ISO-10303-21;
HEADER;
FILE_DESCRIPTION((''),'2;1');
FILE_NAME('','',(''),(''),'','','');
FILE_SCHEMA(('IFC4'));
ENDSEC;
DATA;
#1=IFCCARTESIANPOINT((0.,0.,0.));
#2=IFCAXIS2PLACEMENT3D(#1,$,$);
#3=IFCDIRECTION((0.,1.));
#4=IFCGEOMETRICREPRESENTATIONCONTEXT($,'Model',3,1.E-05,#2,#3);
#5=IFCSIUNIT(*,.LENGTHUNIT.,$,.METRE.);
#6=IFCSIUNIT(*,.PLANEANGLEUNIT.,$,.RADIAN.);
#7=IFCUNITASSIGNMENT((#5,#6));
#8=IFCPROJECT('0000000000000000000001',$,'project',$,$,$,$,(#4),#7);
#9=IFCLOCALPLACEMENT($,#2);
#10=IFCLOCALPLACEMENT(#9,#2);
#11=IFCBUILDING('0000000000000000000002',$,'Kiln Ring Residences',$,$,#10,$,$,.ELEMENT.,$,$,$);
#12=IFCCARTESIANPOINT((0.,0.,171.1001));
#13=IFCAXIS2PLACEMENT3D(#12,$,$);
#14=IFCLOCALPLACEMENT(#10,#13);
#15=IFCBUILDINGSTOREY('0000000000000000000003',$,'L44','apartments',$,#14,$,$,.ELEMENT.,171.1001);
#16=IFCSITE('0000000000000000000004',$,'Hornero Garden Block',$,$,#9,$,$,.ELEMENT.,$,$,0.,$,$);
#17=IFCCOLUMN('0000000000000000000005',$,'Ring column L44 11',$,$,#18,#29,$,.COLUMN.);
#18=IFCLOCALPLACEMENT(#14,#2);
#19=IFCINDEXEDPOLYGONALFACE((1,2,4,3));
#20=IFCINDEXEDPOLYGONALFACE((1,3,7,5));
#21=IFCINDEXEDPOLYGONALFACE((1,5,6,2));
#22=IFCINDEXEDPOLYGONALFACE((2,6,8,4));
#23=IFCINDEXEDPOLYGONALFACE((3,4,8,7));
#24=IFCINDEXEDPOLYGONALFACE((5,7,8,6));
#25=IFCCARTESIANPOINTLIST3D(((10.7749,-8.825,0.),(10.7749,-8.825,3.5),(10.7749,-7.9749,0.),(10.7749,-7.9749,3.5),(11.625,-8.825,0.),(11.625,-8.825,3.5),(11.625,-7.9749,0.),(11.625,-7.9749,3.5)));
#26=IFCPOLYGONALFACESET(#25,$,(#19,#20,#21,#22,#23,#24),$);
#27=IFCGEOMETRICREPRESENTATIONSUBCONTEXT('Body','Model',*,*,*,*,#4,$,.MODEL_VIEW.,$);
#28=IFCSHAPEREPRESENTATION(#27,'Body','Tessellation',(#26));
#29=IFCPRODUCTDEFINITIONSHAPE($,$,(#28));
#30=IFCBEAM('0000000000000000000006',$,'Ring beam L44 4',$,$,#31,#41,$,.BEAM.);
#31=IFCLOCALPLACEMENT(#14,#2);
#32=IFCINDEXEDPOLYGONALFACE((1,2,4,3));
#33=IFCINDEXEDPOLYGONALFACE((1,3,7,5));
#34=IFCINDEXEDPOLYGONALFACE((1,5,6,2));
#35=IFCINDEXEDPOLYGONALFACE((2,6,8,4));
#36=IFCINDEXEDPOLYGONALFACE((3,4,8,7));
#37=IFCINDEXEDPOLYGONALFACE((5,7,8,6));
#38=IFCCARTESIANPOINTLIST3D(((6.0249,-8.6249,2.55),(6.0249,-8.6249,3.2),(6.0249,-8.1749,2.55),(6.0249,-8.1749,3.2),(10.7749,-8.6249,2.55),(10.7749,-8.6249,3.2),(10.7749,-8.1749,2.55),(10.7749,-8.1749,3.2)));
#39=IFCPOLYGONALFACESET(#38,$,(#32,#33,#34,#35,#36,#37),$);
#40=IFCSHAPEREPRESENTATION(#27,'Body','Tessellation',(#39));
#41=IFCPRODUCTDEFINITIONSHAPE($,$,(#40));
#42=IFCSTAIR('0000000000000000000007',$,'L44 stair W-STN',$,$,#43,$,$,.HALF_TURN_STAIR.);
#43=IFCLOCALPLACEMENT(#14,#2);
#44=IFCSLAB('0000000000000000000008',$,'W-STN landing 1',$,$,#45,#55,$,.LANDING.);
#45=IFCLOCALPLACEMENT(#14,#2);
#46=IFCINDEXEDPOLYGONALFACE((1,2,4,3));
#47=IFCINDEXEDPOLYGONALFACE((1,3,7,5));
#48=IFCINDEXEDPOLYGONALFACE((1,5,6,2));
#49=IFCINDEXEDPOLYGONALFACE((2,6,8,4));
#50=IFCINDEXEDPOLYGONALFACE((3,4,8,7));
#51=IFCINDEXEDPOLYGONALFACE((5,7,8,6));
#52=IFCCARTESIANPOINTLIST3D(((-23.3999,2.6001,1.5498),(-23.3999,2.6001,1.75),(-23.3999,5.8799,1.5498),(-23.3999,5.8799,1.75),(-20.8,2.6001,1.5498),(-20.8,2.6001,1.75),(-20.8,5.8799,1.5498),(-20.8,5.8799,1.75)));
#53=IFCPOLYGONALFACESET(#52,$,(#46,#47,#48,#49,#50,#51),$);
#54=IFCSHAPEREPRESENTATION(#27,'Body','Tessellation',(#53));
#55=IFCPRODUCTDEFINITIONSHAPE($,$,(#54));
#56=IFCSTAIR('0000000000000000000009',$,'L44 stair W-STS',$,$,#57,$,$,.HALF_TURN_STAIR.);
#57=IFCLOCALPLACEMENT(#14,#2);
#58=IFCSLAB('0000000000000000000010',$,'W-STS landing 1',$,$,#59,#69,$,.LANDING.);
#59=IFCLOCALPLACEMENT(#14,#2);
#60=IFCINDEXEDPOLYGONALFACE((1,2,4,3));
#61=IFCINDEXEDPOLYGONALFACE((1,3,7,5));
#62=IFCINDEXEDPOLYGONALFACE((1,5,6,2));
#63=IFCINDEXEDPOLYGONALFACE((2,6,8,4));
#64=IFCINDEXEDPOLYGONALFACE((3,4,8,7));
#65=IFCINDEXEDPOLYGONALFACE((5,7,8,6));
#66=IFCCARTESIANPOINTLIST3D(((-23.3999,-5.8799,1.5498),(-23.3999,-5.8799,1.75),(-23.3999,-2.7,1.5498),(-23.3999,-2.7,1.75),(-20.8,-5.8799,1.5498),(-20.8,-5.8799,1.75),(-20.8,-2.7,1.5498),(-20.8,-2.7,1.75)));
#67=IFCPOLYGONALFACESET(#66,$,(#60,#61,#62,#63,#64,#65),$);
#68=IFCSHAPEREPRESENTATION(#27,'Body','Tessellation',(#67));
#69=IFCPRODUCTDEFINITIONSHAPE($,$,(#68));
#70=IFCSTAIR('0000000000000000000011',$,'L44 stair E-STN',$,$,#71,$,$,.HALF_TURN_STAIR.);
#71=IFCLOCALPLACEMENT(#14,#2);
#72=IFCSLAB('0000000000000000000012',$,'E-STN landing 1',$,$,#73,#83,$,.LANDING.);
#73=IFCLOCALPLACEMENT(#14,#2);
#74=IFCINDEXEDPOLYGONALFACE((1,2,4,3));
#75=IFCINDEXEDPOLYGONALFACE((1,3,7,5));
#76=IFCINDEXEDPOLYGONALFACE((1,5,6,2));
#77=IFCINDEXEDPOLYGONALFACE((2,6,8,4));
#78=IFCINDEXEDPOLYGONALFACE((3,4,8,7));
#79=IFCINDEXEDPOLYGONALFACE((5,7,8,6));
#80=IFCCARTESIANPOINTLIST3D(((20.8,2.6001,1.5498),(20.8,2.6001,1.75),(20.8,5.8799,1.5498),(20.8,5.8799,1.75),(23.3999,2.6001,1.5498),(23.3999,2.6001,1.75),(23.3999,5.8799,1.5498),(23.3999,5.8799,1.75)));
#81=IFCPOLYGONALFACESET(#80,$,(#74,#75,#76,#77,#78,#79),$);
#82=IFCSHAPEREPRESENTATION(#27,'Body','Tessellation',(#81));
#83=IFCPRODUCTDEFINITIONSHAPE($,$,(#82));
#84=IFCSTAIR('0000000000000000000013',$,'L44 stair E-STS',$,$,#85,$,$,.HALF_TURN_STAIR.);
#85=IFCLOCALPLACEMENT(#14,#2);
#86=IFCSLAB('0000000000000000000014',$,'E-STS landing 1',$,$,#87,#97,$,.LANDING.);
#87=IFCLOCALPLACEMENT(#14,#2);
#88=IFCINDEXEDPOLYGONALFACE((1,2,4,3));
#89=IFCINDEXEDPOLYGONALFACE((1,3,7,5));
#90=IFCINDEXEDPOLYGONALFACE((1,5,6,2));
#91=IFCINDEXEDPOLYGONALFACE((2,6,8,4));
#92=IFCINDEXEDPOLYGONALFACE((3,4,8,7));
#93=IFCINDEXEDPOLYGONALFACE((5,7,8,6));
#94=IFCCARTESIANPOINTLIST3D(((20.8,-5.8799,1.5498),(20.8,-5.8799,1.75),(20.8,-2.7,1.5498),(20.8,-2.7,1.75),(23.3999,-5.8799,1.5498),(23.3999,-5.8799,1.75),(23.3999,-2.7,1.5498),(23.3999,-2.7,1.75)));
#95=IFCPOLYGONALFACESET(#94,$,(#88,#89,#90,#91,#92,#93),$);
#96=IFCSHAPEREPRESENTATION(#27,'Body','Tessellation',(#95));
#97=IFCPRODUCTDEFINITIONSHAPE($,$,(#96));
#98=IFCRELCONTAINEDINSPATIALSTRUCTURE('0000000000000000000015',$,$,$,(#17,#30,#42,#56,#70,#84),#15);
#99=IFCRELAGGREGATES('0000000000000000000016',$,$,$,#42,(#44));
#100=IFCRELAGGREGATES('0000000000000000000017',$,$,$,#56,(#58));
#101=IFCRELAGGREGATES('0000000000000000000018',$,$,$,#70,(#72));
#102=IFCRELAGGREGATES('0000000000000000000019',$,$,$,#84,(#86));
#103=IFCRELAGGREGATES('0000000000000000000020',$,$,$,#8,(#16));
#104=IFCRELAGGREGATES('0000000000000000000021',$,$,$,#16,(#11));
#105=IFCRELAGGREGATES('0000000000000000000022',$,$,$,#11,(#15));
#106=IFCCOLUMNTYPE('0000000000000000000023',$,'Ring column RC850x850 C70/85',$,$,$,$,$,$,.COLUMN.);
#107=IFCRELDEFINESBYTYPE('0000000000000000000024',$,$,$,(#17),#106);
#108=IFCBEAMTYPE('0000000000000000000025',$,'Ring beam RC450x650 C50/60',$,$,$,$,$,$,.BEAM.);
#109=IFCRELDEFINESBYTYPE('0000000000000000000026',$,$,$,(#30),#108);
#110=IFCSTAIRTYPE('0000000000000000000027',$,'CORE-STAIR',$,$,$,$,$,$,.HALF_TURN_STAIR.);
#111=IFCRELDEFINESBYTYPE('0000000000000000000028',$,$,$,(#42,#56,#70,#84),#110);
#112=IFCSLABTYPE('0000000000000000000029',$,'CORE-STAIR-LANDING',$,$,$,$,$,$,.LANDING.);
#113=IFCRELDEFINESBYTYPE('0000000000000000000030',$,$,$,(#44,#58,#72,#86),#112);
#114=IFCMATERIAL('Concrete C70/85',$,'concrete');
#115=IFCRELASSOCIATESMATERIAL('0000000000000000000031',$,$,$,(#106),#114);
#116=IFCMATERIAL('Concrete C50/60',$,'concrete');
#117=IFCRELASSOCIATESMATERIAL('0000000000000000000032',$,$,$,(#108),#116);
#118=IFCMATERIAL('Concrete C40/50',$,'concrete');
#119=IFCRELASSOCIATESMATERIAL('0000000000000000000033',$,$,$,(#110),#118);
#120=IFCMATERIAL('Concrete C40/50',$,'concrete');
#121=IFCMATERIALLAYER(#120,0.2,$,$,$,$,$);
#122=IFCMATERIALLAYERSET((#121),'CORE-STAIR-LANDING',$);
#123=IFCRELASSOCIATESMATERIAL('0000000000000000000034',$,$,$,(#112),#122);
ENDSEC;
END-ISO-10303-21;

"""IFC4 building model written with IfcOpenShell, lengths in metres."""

from ifc_helpers import new_model, si_unit, direction, frame, origin, origin_2d, place, context, subcontext, project, spatial, polyline, rectangle, outline, extrude, material, layer, layer_set, material_profile, profile_set, type_object, element, aggregate, save


model = new_model("IFC4")

# Units and contexts
model_context = context("Model", 3, precision=1e-05, world=origin(), true_north=direction((0.0, 1.0)))
body_context = subcontext(model_context, "Body", "Model", "MODEL_VIEW")
ifc_project = project(units=[si_unit("LENGTHUNIT", "METRE"), si_unit("PLANEANGLEUNIT", "RADIAN")], contexts=[model_context])

# Site, building, storey
site_placement = place(None, origin())
site = spatial("IfcSite", under=ifc_project, at=site_placement, Name="Hornero Garden Block", CompositionType="ELEMENT", RefElevation=0.0)
building_placement = place(site_placement, origin())
building = spatial("IfcBuilding", under=site, at=building_placement, Name="Kiln Ring Residences", CompositionType="ELEMENT")
storey_placement = place(building_placement, frame((0.0, 0.0, 171.1001)))
storey = spatial("IfcBuildingStorey", under=building, at=storey_placement, Name="L44", Description="apartments", CompositionType="ELEMENT", Elevation=171.1001)

# Column
ifc_material_1 = material(Name="Concrete C70/85", Category="concrete")
ifc_material_profile_1 = material_profile(ifc_material_1, rectangle(XDim=0.8501, YDim=0.8501, at=origin_2d()), Name="RC850x850")
ifc_profile_set_1 = profile_set([ifc_material_profile_1], Name="Concrete C70/85")
column_type = type_object("IfcColumnType", Name="Ring column RC850x850 C70/85", PredefinedType="COLUMN", material=ifc_profile_set_1)
column_placement = place(storey_placement, frame((11.2, -8.3999, 0.0), z_axis=(0.0, 0.0, 1.0), x_axis=(1.0, 0.0, 0.0)))
element("IfcColumn", 1, at=column_placement, inside=storey, type_object=column_type, Name="Ring column L44 11", PredefinedType="COLUMN", context=body_context, shape_type="SweptSolid", body=[
    extrude(rectangle(XDim=0.8501, YDim=0.8501, at=origin_2d()), origin(), (0.0, 0.0, 1.0), 3.5),
])

# Beam
ifc_material_2 = material(Name="Concrete C50/60", Category="concrete")
ifc_material_profile_2 = material_profile(ifc_material_2, rectangle(XDim=0.45, YDim=0.6499, at=origin_2d()), Name="RC450x650")
ifc_profile_set_2 = profile_set([ifc_material_profile_2], Name="Concrete C50/60")
beam_type = type_object("IfcBeamType", Name="Ring beam RC450x650 C50/60", PredefinedType="BEAM", material=ifc_profile_set_2)
beam_placement = place(storey_placement, frame((6.0249, -8.3999, 2.875), z_axis=(1.0, 0.0, 0.0), x_axis=(0.0, 1.0, 0.0)))
element("IfcBeam", 2, at=beam_placement, inside=storey, type_object=beam_type, Name="Ring beam L44 4", PredefinedType="BEAM", context=body_context, shape_type="SweptSolid", body=[
    extrude(rectangle(XDim=0.45, YDim=0.6499, at=origin_2d()), origin(), (0.0, 0.0, 1.0), 4.75),
])

# Stairs, slabs
ifc_material_3 = material(Name="Concrete C40/50", Category="concrete")
stair_type = type_object("IfcStairType", Name="CORE-STAIR", PredefinedType="HALF_TURN_STAIR", material=ifc_material_3)
placement_1 = place(storey_placement, origin())
stair_1 = element("IfcStair", 3, at=placement_1, inside=storey, type_object=stair_type, Name="L44 stair W-STN", PredefinedType="HALF_TURN_STAIR")
ifc_material_4 = material(Name="Concrete C40/50", Category="concrete")
ifc_layer_1 = layer(ifc_material_4, 0.2)
ifc_layer_set_1 = layer_set([ifc_layer_1], Name="CORE-STAIR-LANDING")
slab_type = type_object("IfcSlabType", Name="CORE-STAIR-LANDING", PredefinedType="LANDING", material=ifc_layer_set_1)
placement_2 = place(storey_placement, frame((0.0, 0.0, 1.5498)))
slab_1 = element("IfcSlab", 4, at=placement_2, type_object=slab_type, Name="W-STN landing 1", PredefinedType="LANDING", context=body_context, shape_type="SweptSolid", body=[
    extrude(outline(polyline([(-23.3999, 5.8799), (-23.3999, 2.6001), (-20.8, 2.6001), (-20.8, 5.8799), (-23.3999, 5.8799)])), origin(), (0.0, 0.0, 1.0), 0.2002),
])
aggregate(stair_1, [slab_1])
stair_2 = element("IfcStair", 5, at=placement_1, inside=storey, type_object=stair_type, Name="L44 stair W-STS", PredefinedType="HALF_TURN_STAIR")
slab_2 = element("IfcSlab", 6, at=placement_2, type_object=slab_type, Name="W-STS landing 1", PredefinedType="LANDING", context=body_context, shape_type="SweptSolid", body=[
    extrude(outline(polyline([(-20.8, -5.8799), (-20.8, -2.7), (-23.3999, -2.7), (-23.3999, -5.8799), (-20.8, -5.8799)])), origin(), (0.0, 0.0, 1.0), 0.2002),
])
aggregate(stair_2, [slab_2])
stair_3 = element("IfcStair", 7, at=placement_1, inside=storey, type_object=stair_type, Name="L44 stair E-STN", PredefinedType="HALF_TURN_STAIR")
slab_3 = element("IfcSlab", 8, at=placement_2, type_object=slab_type, Name="E-STN landing 1", PredefinedType="LANDING", context=body_context, shape_type="SweptSolid", body=[
    extrude(outline(polyline([(20.8, 5.8799), (20.8, 2.6001), (23.3999, 2.6001), (23.3999, 5.8799), (20.8, 5.8799)])), origin(), (0.0, 0.0, 1.0), 0.2002),
])
aggregate(stair_3, [slab_3])
stair_4 = element("IfcStair", 9, at=placement_1, inside=storey, type_object=stair_type, Name="L44 stair E-STS", PredefinedType="HALF_TURN_STAIR")
slab_4 = element("IfcSlab", 10, at=placement_2, type_object=slab_type, Name="E-STS landing 1", PredefinedType="LANDING", context=body_context, shape_type="SweptSolid", body=[
    extrude(outline(polyline([(23.3999, -5.8799), (23.3999, -2.7), (20.8, -2.7), (20.8, -5.8799), (23.3999, -5.8799)])), origin(), (0.0, 0.0, 1.0), 0.2002),
])
aggregate(stair_4, [slab_4])

save(model, "model.ifc")
